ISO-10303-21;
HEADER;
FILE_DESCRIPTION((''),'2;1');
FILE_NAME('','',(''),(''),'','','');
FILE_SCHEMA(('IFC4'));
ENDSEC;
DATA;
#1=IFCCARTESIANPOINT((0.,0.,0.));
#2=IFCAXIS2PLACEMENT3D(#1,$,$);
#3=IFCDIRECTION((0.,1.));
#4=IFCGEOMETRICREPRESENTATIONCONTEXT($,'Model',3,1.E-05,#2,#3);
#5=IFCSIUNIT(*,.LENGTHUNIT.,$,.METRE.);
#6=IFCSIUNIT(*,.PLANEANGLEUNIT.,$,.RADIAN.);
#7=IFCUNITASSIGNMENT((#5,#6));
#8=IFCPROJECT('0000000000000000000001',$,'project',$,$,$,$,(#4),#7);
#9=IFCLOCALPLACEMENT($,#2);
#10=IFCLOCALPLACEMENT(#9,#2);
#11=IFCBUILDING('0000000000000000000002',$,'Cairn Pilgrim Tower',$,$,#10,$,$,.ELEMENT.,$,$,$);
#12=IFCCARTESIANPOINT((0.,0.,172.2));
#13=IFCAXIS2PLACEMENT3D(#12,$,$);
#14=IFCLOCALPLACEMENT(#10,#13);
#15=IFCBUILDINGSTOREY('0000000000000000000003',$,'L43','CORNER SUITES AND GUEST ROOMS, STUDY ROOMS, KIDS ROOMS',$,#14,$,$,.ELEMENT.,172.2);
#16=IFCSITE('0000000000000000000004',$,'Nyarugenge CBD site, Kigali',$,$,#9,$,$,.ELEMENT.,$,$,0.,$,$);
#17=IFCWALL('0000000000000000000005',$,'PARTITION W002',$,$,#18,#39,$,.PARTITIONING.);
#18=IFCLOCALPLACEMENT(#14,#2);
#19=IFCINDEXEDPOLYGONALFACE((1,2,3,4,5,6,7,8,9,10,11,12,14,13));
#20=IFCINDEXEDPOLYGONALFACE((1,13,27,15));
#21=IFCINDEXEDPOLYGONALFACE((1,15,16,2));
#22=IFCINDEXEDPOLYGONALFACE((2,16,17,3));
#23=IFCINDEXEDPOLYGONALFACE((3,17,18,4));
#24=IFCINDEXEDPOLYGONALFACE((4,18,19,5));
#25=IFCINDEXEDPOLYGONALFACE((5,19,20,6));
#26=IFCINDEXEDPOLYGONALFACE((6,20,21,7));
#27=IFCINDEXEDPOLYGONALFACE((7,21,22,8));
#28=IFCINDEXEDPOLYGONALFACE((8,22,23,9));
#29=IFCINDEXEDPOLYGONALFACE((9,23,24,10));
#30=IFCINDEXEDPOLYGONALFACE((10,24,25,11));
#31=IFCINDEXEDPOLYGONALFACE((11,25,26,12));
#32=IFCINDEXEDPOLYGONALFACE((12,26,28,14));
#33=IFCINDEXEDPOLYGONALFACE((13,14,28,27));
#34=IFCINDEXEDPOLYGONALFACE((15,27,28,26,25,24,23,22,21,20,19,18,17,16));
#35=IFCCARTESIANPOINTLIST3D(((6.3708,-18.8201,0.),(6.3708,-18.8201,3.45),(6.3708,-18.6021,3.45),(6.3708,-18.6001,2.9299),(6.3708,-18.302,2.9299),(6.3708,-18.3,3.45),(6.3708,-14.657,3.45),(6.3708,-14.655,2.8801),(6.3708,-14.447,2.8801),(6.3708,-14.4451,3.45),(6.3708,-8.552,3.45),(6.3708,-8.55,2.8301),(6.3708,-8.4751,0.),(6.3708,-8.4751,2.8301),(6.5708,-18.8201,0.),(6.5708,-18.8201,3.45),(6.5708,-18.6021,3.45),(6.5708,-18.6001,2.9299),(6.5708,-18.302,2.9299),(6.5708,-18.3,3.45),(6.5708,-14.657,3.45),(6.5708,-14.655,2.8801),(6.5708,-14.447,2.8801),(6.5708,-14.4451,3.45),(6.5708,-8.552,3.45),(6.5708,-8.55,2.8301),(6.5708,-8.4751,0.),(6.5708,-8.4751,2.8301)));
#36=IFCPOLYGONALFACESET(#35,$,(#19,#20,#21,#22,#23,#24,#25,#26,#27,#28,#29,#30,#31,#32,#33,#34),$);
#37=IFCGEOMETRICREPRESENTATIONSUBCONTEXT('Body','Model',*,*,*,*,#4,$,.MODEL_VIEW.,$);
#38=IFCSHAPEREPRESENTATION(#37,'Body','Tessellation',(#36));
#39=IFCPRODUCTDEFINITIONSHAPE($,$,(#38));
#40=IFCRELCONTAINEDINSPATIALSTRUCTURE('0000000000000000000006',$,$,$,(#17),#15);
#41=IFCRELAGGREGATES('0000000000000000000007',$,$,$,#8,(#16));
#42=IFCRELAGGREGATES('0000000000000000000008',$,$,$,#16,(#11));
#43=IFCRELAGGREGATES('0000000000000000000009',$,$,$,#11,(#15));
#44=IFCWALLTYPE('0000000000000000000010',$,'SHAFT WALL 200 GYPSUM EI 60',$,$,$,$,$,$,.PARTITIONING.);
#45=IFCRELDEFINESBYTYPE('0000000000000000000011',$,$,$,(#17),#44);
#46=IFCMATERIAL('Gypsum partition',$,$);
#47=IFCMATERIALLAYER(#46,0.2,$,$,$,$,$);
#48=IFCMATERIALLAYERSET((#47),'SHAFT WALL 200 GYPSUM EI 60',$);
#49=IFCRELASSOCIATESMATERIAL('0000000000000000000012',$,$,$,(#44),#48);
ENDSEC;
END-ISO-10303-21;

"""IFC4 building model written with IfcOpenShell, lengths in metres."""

from ifc_helpers import new_model, si_unit, direction, frame, origin, place, context, subcontext, project, spatial, polyline, outline, extrude, material, layer, layer_set, type_object, element, save


model = new_model("IFC4")

# Units and contexts
model_context = context("Model", 3, precision=1e-05, world=origin(), true_north=direction((0.0, 1.0)))
body_context = subcontext(model_context, "Body", "Model", "MODEL_VIEW")
ifc_project = project(units=[si_unit("LENGTHUNIT", "METRE"), si_unit("PLANEANGLEUNIT", "RADIAN")], contexts=[model_context])

# Site, building, storey
site_placement = place(None, origin())
site = spatial("IfcSite", under=ifc_project, at=site_placement, Name="Nyarugenge CBD site, Kigali", CompositionType="ELEMENT", RefElevation=0.0)
building_placement = place(site_placement, origin())
building = spatial("IfcBuilding", under=site, at=building_placement, Name="Cairn Pilgrim Tower", CompositionType="ELEMENT")
storey_placement = place(building_placement, frame((0.0, 0.0, 172.2)))
storey = spatial("IfcBuildingStorey", under=building, at=storey_placement, Name="L43", Description="CORNER SUITES AND GUEST ROOMS, STUDY ROOMS, KIDS ROOMS", CompositionType="ELEMENT", Elevation=172.2)

# Shared definitions
ifc_material_1 = material(Name="Gypsum partition")

# Wall
ifc_layer_1 = layer(ifc_material_1, 0.2)
ifc_layer_set_1 = layer_set([ifc_layer_1], Name="SHAFT WALL 200 GYPSUM EI 60")
wall_type_1 = type_object("IfcWallType", Name="SHAFT WALL 200 GYPSUM EI 60", PredefinedType="PARTITIONING", material=ifc_layer_set_1)
wall_1_placement = place(storey_placement, frame((6.4709, -18.8201, 0.0), z_axis=(0.0, 0.0, 1.0), x_axis=(0.0, 1.0, 0.0)))
element("IfcWall", 1, at=wall_1_placement, inside=storey, type_object=wall_type_1, Name="PARTITION W002", PredefinedType="PARTITIONING", context=body_context, shape_type="SweptSolid", body=[
    extrude(outline(polyline([(0.0, 0.0), (10.345, 0.0), (10.345, 2.8301), (10.27, 2.8301), (10.2681, 3.45), (4.375, 3.45), (4.373, 2.8801), (4.165, 2.8801), (4.1631, 3.45), (0.52, 3.45), (0.5181, 2.9299), (0.22, 2.9299), (0.218, 3.45), (0.0, 3.45), (0.0, 0.0)])), frame((0.0, 0.1001, 0.0), z_axis=(0.0, -1.0, 0.0), x_axis=(1.0, 0.0, 0.0)), (0.0, 0.0, 1.0), 0.2),
])

save(model, "model.ifc")
